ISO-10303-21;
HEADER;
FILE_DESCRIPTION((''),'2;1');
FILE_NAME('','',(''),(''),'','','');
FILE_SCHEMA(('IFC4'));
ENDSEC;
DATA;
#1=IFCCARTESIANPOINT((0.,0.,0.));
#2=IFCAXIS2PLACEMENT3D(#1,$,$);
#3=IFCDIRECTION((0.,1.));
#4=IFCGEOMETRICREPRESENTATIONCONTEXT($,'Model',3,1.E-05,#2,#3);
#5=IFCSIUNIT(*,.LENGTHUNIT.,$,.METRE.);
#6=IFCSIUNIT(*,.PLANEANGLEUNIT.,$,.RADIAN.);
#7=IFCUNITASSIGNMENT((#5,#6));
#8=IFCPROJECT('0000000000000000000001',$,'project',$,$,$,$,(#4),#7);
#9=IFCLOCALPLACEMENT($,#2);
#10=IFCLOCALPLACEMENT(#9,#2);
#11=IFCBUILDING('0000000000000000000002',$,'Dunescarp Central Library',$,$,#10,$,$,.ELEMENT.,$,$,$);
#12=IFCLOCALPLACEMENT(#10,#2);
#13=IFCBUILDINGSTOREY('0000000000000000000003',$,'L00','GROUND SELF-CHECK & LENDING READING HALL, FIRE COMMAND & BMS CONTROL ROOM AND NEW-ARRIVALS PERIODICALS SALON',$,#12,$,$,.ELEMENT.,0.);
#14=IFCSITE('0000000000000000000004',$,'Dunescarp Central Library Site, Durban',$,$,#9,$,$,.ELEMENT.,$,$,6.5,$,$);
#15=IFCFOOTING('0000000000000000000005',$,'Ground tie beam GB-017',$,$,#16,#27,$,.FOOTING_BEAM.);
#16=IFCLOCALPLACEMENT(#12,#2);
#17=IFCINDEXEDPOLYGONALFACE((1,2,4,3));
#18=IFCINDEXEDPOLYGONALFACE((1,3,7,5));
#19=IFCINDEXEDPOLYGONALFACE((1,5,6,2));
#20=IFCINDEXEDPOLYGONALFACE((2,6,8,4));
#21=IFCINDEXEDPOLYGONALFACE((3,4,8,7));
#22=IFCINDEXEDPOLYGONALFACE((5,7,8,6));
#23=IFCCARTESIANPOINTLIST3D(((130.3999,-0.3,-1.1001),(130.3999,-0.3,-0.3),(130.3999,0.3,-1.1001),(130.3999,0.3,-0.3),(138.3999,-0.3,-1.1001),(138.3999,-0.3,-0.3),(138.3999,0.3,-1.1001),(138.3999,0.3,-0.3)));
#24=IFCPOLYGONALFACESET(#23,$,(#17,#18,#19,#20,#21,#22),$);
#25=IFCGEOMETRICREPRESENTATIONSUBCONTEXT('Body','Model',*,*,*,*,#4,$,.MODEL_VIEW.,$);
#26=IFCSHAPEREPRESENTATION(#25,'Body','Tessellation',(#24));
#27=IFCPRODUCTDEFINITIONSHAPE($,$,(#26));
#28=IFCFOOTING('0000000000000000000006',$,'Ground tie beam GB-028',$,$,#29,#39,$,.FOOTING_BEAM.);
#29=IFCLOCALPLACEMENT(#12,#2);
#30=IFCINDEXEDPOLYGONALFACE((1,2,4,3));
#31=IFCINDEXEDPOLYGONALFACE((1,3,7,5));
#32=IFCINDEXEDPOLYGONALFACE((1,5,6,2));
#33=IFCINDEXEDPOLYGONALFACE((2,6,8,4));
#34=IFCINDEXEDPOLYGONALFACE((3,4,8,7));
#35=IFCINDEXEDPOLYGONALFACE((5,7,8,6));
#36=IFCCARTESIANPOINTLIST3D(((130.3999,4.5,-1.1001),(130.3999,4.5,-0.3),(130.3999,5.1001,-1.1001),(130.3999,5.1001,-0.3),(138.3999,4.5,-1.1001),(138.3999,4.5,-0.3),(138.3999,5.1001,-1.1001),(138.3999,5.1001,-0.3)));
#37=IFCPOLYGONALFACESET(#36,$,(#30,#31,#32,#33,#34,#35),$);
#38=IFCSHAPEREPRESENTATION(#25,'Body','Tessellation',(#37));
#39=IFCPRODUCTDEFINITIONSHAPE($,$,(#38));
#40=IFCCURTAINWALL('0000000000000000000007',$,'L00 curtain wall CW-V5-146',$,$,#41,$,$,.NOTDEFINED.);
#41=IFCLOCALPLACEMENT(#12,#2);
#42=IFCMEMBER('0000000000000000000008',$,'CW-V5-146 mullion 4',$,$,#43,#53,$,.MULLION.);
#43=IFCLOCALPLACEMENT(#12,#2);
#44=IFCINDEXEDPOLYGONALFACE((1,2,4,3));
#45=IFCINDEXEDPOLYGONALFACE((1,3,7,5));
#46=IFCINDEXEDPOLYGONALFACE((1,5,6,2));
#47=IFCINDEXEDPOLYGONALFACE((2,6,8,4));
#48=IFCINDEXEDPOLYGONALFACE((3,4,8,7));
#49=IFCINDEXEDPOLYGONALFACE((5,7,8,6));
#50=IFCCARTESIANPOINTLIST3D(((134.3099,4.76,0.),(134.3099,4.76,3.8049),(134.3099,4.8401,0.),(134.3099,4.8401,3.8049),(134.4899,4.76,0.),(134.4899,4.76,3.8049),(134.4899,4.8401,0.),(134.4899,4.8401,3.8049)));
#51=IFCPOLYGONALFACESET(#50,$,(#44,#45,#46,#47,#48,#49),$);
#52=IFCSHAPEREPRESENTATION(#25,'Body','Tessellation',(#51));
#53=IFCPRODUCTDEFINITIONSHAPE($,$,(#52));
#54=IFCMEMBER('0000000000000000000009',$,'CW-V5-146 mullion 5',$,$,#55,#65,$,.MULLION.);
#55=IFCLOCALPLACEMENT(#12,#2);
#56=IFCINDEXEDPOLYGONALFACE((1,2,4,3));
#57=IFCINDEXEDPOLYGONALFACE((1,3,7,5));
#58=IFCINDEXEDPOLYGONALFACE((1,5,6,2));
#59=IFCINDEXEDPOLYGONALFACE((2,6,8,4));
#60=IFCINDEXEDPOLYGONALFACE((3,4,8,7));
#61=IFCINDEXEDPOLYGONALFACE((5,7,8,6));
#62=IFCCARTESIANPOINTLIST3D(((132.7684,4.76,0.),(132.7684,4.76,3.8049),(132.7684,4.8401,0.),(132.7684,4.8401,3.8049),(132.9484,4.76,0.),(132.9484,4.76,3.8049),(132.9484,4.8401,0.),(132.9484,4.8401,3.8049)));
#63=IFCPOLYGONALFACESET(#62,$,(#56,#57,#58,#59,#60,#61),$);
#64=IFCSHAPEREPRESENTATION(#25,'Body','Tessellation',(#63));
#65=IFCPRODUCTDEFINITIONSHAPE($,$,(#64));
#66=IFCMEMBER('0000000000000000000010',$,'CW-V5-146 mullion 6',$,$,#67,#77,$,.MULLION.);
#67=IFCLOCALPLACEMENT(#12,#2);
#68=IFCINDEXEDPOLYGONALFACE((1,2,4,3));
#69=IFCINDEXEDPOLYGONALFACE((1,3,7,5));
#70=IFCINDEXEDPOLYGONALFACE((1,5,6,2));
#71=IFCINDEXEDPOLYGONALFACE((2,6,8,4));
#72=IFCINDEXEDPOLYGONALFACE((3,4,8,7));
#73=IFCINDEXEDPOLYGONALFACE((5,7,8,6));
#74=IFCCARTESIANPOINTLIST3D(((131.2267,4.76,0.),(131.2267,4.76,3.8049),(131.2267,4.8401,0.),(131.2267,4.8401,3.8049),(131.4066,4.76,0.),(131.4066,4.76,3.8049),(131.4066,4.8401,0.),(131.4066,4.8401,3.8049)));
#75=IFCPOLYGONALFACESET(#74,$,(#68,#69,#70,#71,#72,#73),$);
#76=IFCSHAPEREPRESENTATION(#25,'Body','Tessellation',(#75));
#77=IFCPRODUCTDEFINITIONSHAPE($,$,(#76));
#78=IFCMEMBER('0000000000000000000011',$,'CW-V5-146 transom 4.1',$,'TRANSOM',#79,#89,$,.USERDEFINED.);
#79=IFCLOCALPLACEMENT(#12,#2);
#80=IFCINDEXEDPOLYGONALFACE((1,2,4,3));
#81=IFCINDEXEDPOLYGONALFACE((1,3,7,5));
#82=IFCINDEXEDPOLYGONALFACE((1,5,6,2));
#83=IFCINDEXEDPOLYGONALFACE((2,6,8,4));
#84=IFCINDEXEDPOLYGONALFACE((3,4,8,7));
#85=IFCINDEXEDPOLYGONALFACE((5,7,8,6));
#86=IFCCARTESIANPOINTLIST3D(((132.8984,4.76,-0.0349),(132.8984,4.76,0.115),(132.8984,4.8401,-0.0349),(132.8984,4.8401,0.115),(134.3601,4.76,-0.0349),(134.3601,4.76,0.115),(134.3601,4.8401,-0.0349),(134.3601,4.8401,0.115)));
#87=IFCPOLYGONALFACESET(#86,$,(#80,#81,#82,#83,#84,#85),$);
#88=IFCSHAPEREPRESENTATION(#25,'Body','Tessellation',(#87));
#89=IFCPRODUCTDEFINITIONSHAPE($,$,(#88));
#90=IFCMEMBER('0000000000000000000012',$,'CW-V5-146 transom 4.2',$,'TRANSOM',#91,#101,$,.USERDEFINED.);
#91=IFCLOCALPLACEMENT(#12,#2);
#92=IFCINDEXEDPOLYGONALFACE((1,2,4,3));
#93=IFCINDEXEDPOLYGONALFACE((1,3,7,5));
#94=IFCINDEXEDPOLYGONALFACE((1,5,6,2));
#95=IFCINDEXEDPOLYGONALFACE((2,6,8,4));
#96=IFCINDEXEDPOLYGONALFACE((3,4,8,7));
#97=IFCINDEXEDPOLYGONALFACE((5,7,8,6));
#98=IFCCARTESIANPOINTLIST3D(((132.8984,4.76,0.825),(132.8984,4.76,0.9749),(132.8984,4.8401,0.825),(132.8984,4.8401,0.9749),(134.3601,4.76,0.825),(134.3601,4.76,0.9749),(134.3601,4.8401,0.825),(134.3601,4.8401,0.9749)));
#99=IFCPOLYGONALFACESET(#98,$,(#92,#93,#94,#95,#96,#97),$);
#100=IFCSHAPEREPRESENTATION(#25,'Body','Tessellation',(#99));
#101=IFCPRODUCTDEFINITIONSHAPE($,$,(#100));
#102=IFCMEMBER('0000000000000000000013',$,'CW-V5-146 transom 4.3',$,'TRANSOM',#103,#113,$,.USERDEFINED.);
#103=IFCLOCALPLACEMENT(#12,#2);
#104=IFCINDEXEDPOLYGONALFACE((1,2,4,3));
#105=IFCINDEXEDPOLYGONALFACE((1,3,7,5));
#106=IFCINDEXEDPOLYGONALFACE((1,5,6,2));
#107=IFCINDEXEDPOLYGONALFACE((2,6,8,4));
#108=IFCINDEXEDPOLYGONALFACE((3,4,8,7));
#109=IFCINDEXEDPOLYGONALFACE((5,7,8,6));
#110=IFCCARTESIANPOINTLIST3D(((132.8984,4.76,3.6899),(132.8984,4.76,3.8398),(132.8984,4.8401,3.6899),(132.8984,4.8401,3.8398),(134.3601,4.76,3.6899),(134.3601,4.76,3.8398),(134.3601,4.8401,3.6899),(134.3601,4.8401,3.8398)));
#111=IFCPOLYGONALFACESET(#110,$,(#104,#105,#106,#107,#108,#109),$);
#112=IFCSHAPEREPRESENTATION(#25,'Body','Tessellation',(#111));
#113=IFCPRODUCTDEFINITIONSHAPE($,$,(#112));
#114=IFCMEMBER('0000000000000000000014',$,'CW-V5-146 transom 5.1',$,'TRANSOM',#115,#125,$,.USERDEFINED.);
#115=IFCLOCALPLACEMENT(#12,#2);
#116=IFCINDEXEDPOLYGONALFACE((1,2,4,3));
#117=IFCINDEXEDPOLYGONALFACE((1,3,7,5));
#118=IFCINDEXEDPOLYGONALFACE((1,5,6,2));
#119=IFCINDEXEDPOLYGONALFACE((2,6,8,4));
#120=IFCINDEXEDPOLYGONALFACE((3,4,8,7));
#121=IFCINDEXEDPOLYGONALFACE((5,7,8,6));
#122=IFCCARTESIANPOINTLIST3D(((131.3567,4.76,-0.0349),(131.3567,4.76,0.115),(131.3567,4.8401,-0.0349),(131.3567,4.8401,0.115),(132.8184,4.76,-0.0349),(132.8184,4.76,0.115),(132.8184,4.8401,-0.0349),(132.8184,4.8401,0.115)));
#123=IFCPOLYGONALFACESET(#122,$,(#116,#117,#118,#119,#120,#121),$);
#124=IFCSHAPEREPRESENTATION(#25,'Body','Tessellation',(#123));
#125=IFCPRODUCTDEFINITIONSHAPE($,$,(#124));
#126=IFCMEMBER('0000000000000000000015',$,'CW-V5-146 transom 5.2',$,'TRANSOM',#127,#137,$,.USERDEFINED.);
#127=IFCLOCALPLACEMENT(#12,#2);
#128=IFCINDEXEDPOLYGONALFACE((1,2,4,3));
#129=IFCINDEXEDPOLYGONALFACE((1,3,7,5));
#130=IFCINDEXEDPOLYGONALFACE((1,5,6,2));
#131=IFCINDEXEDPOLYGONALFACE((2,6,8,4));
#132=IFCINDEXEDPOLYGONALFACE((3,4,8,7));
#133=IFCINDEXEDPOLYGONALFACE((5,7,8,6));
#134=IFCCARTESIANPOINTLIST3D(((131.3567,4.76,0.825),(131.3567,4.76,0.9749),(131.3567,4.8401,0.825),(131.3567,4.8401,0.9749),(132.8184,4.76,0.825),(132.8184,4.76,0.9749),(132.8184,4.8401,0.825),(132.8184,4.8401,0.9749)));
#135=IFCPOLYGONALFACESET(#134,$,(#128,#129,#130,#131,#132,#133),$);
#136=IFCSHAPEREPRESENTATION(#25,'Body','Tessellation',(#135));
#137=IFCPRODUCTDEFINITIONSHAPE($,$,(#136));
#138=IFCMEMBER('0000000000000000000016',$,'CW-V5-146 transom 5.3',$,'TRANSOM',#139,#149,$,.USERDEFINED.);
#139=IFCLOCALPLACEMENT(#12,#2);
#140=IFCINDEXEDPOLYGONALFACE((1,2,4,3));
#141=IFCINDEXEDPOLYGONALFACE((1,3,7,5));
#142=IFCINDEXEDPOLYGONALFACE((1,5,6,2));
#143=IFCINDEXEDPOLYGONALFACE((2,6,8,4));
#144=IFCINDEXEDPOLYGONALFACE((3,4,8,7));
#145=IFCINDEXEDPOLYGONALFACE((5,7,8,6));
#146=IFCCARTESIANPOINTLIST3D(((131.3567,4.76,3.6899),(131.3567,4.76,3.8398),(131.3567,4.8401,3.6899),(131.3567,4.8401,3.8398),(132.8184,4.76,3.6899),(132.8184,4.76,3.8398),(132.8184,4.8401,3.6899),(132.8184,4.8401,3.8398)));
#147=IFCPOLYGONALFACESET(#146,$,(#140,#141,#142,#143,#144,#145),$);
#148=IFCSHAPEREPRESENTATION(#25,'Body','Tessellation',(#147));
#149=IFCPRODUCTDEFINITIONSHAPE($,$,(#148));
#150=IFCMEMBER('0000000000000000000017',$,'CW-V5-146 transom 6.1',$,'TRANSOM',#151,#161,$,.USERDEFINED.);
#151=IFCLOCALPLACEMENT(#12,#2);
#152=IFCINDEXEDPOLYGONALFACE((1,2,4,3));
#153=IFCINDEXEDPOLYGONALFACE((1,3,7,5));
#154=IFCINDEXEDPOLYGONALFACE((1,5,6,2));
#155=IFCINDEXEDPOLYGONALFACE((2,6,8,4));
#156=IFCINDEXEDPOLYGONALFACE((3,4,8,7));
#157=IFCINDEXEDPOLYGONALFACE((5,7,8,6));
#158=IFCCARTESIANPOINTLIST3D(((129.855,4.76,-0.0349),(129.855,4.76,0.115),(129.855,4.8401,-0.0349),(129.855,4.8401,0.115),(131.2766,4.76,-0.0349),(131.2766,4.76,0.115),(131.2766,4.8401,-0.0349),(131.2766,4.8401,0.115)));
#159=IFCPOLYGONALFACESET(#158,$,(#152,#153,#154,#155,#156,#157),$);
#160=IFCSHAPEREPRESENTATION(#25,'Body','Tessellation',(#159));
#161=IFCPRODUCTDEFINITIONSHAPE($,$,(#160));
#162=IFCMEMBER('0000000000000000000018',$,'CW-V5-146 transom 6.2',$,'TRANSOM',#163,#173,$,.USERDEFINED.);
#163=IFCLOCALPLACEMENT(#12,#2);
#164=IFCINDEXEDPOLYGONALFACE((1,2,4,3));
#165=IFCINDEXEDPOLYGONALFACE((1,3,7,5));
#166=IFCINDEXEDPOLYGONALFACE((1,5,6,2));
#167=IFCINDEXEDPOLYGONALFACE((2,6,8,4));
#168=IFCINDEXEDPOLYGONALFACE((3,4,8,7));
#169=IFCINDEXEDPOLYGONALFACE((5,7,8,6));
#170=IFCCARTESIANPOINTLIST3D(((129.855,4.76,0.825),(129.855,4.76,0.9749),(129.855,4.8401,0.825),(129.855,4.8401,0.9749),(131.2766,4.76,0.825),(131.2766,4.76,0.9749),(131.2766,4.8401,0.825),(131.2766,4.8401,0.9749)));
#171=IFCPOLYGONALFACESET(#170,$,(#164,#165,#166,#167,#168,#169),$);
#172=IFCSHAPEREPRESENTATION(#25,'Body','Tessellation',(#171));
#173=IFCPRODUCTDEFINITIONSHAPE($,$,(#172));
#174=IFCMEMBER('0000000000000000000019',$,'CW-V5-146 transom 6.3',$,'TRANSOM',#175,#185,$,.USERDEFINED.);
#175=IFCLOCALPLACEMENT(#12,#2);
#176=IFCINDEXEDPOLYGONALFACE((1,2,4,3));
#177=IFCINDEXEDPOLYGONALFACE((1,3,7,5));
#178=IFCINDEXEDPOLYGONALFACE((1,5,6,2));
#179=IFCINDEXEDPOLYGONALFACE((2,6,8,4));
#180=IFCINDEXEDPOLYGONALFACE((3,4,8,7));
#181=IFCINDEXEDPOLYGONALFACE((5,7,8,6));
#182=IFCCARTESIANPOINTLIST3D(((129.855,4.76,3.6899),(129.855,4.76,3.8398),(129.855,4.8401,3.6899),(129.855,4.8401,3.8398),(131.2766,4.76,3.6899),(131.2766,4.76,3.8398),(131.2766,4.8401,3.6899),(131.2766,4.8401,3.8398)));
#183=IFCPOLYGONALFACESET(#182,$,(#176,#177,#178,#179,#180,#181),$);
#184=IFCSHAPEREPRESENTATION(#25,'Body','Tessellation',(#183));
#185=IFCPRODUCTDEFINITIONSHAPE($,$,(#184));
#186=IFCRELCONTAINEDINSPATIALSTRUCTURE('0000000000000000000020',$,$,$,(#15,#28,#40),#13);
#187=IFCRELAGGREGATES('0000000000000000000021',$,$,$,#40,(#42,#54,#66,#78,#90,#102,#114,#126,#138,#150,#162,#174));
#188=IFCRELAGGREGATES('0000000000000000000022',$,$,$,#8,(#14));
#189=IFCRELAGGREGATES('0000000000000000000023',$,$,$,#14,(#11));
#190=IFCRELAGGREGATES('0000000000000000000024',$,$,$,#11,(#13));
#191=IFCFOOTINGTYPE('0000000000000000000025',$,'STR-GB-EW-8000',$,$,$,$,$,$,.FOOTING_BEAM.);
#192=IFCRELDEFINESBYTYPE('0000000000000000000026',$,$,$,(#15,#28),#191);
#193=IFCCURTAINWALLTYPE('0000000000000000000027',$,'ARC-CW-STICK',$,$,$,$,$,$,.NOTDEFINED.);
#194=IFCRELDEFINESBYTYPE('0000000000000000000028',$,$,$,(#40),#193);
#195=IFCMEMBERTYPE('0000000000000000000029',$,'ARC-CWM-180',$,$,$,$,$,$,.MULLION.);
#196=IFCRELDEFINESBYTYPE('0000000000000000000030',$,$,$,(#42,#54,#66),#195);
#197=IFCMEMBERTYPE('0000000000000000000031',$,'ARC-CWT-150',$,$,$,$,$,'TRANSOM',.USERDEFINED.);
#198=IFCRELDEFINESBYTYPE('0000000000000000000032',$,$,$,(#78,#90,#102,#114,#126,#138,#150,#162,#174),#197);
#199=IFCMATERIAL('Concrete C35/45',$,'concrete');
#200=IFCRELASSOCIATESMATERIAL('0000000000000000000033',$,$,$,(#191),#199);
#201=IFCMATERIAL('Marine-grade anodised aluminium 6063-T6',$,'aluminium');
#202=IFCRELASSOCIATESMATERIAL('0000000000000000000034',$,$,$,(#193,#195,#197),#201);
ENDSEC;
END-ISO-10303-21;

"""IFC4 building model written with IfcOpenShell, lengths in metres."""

from ifc_helpers import new_model, si_unit, direction, frame, origin, origin_2d, place, context, subcontext, project, spatial, rectangle, extrude, material, material_profile, profile_set, type_object, element, aggregate, save


model = new_model("IFC4")

# Units and contexts
model_context = context("Model", 3, precision=1e-05, world=origin(), true_north=direction((0.0, 1.0)))
body_context = subcontext(model_context, "Body", "Model", "MODEL_VIEW")
ifc_project = project(units=[si_unit("LENGTHUNIT", "METRE"), si_unit("PLANEANGLEUNIT", "RADIAN")], contexts=[model_context])

# Site, building, storey
site_placement = place(None, origin())
site = spatial("IfcSite", under=ifc_project, at=site_placement, Name="Dunescarp Central Library Site, Durban", CompositionType="ELEMENT", RefElevation=6.5)
building_placement = place(site_placement, origin())
building = spatial("IfcBuilding", under=site, at=building_placement, Name="Dunescarp Central Library", CompositionType="ELEMENT")
storey_placement = place(building_placement, origin())
storey = spatial("IfcBuildingStorey", under=building, at=storey_placement, Name="L00", Description="GROUND SELF-CHECK & LENDING READING HALL, FIRE COMMAND & BMS CONTROL ROOM AND NEW-ARRIVALS PERIODICALS SALON", CompositionType="ELEMENT", Elevation=0.0)

# Footings
ifc_material_1 = material(Name="Concrete C35/45", Category="concrete")
footing_type = type_object("IfcFootingType", Name="STR-GB-EW-8000", PredefinedType="FOOTING_BEAM", material=ifc_material_1)
for number, where, z_axis, x_axis, name in (
    (1, (134.3999, 0.0, -1.1001), (0.0, 0.0, 1.0), (1.0, 0.0, 0.0), "Ground tie beam GB-017"),
    (2, (134.3999, 4.8, -1.1001), (0.0, 0.0, 1.0), (1.0, 0.0, 0.0), "Ground tie beam GB-028"),
):
    element("IfcFooting", number, at=place(storey_placement, frame(where, z_axis=z_axis, x_axis=x_axis)), inside=storey, type_object=footing_type, Name=name, PredefinedType="FOOTING_BEAM", context=body_context, shape_type="SweptSolid", body=[
        extrude(rectangle(XDim=8.0, YDim=0.6001, at=origin_2d()), origin(), (0.0, 0.0, 1.0), 0.8),
    ])

# Curtain wall, members
ifc_material_2 = material(Name="Marine-grade anodised aluminium 6063-T6", Category="aluminium")
curtain_wall_type = type_object("IfcCurtainWallType", Name="ARC-CW-STICK", PredefinedType="NOTDEFINED", material=ifc_material_2)
curtain_wall_placement = place(storey_placement, origin())
curtain_wall = element("IfcCurtainWall", 3, at=curtain_wall_placement, inside=storey, type_object=curtain_wall_type, Name="L00 curtain wall CW-V5-146", PredefinedType="NOTDEFINED")
ifc_material_profile_1 = material_profile(ifc_material_2, rectangle(XDim=0.0801, YDim=0.1799, at=origin_2d()), Name="AL 80x180")
ifc_profile_set_1 = profile_set([ifc_material_profile_1], Name="Marine-grade anodised aluminium 6063-T6")
member_type_1 = type_object("IfcMemberType", Name="ARC-CWM-180", PredefinedType="MULLION", material=ifc_profile_set_1)
member_1_placement = place(storey_placement, frame((134.3999, 4.8, 0.0), z_axis=(0.0, 0.0, 1.0), x_axis=(0.0, -1.0, 0.0)))
member_1 = element("IfcMember", 4, at=member_1_placement, type_object=member_type_1, Name="CW-V5-146 mullion 4", PredefinedType="MULLION", context=body_context, shape_type="SweptSolid", body=[
    extrude(rectangle(XDim=0.0801, YDim=0.1799, at=origin_2d()), origin(), (0.0, 0.0, 1.0), 3.8049),
])
member_2_placement = place(storey_placement, frame((132.8584, 4.8, 0.0), z_axis=(0.0, 0.0, 1.0), x_axis=(0.0, -1.0, 0.0)))
member_2 = element("IfcMember", 5, at=member_2_placement, type_object=member_type_1, Name="CW-V5-146 mullion 5", PredefinedType="MULLION", context=body_context, shape_type="SweptSolid", body=[
    extrude(rectangle(XDim=0.0801, YDim=0.1799, at=origin_2d()), origin(), (0.0, 0.0, 1.0), 3.8049),
])
member_3_placement = place(storey_placement, frame((131.3167, 4.8, 0.0), z_axis=(0.0, 0.0, 1.0), x_axis=(0.0, -1.0, 0.0)))
member_3 = element("IfcMember", 6, at=member_3_placement, type_object=member_type_1, Name="CW-V5-146 mullion 6", PredefinedType="MULLION", context=body_context, shape_type="SweptSolid", body=[
    extrude(rectangle(XDim=0.0801, YDim=0.1799, at=origin_2d()), origin(), (0.0, 0.0, 1.0), 3.8049),
])
ifc_material_profile_2 = material_profile(ifc_material_2, rectangle(XDim=0.0801, YDim=0.1499, at=origin_2d()), Name="AL 80x150")
ifc_profile_set_2 = profile_set([ifc_material_profile_2], Name="Marine-grade anodised aluminium 6063-T6")
member_type_2 = type_object("IfcMemberType", Name="ARC-CWT-150", ElementType="TRANSOM", PredefinedType="USERDEFINED", material=ifc_profile_set_2)
member_4_placement = place(storey_placement, frame((134.3601, 4.8, 0.04), z_axis=(-1.0, 0.0, 0.0), x_axis=(0.0, -1.0, 0.0)))
member_4 = element("IfcMember", 7, at=member_4_placement, type_object=member_type_2, Name="CW-V5-146 transom 4.1", ObjectType="TRANSOM", PredefinedType="USERDEFINED", context=body_context, shape_type="SweptSolid", body=[
    extrude(rectangle(XDim=0.0801, YDim=0.1499, at=origin_2d()), origin(), (0.0, 0.0, 1.0), 1.4617),
])
member_5_placement = place(storey_placement, frame((134.3601, 4.8, 0.8999), z_axis=(-1.0, 0.0, 0.0), x_axis=(0.0, -1.0, 0.0)))
member_5 = element("IfcMember", 8, at=member_5_placement, type_object=member_type_2, Name="CW-V5-146 transom 4.2", ObjectType="TRANSOM", PredefinedType="USERDEFINED", context=body_context, shape_type="SweptSolid", body=[
    extrude(rectangle(XDim=0.0801, YDim=0.1499, at=origin_2d()), origin(), (0.0, 0.0, 1.0), 1.4617),
])
member_6_placement = place(storey_placement, frame((134.3601, 4.8, 3.7649), z_axis=(-1.0, 0.0, 0.0), x_axis=(0.0, -1.0, 0.0)))
member_6 = element("IfcMember", 9, at=member_6_placement, type_object=member_type_2, Name="CW-V5-146 transom 4.3", ObjectType="TRANSOM", PredefinedType="USERDEFINED", context=body_context, shape_type="SweptSolid", body=[
    extrude(rectangle(XDim=0.0801, YDim=0.1499, at=origin_2d()), origin(), (0.0, 0.0, 1.0), 1.4617),
])
member_7_placement = place(storey_placement, frame((132.8184, 4.8, 0.04), z_axis=(-1.0, 0.0, 0.0), x_axis=(0.0, -1.0, 0.0)))
member_7 = element("IfcMember", 10, at=member_7_placement, type_object=member_type_2, Name="CW-V5-146 transom 5.1", ObjectType="TRANSOM", PredefinedType="USERDEFINED", context=body_context, shape_type="SweptSolid", body=[
    extrude(rectangle(XDim=0.0801, YDim=0.1499, at=origin_2d()), origin(), (0.0, 0.0, 1.0), 1.4617),
])
member_8_placement = place(storey_placement, frame((132.8184, 4.8, 0.8999), z_axis=(-1.0, 0.0, 0.0), x_axis=(0.0, -1.0, 0.0)))
member_8 = element("IfcMember", 11, at=member_8_placement, type_object=member_type_2, Name="CW-V5-146 transom 5.2", ObjectType="TRANSOM", PredefinedType="USERDEFINED", context=body_context, shape_type="SweptSolid", body=[
    extrude(rectangle(XDim=0.0801, YDim=0.1499, at=origin_2d()), origin(), (0.0, 0.0, 1.0), 1.4617),
])
member_9_placement = place(storey_placement, frame((132.8184, 4.8, 3.7649), z_axis=(-1.0, 0.0, 0.0), x_axis=(0.0, -1.0, 0.0)))
member_9 = element("IfcMember", 12, at=member_9_placement, type_object=member_type_2, Name="CW-V5-146 transom 5.3", ObjectType="TRANSOM", PredefinedType="USERDEFINED", context=body_context, shape_type="SweptSolid", body=[
    extrude(rectangle(XDim=0.0801, YDim=0.1499, at=origin_2d()), origin(), (0.0, 0.0, 1.0), 1.4617),
])
member_10_placement = place(storey_placement, frame((131.2766, 4.8, 0.04), z_axis=(-1.0, 0.0, 0.0), x_axis=(0.0, -1.0, 0.0)))
member_10 = element("IfcMember", 13, at=member_10_placement, type_object=member_type_2, Name="CW-V5-146 transom 6.1", ObjectType="TRANSOM", PredefinedType="USERDEFINED", context=body_context, shape_type="SweptSolid", body=[
    extrude(rectangle(XDim=0.0801, YDim=0.1499, at=origin_2d()), origin(), (0.0, 0.0, 1.0), 1.4216),
])
member_11_placement = place(storey_placement, frame((131.2766, 4.8, 0.8999), z_axis=(-1.0, 0.0, 0.0), x_axis=(0.0, -1.0, 0.0)))
member_11 = element("IfcMember", 14, at=member_11_placement, type_object=member_type_2, Name="CW-V5-146 transom 6.2", ObjectType="TRANSOM", PredefinedType="USERDEFINED", context=body_context, shape_type="SweptSolid", body=[
    extrude(rectangle(XDim=0.0801, YDim=0.1499, at=origin_2d()), origin(), (0.0, 0.0, 1.0), 1.4216),
])
member_12_placement = place(storey_placement, frame((131.2766, 4.8, 3.7649), z_axis=(-1.0, 0.0, 0.0), x_axis=(0.0, -1.0, 0.0)))
member_12 = element("IfcMember", 15, at=member_12_placement, type_object=member_type_2, Name="CW-V5-146 transom 6.3", ObjectType="TRANSOM", PredefinedType="USERDEFINED", context=body_context, shape_type="SweptSolid", body=[
    extrude(rectangle(XDim=0.0801, YDim=0.1499, at=origin_2d()), origin(), (0.0, 0.0, 1.0), 1.4216),
])
aggregate(curtain_wall, [member_1, member_2, member_3, member_4, member_5, member_6, member_7, member_8, member_9, member_10, member_11, member_12])

save(model, "model.ifc")
